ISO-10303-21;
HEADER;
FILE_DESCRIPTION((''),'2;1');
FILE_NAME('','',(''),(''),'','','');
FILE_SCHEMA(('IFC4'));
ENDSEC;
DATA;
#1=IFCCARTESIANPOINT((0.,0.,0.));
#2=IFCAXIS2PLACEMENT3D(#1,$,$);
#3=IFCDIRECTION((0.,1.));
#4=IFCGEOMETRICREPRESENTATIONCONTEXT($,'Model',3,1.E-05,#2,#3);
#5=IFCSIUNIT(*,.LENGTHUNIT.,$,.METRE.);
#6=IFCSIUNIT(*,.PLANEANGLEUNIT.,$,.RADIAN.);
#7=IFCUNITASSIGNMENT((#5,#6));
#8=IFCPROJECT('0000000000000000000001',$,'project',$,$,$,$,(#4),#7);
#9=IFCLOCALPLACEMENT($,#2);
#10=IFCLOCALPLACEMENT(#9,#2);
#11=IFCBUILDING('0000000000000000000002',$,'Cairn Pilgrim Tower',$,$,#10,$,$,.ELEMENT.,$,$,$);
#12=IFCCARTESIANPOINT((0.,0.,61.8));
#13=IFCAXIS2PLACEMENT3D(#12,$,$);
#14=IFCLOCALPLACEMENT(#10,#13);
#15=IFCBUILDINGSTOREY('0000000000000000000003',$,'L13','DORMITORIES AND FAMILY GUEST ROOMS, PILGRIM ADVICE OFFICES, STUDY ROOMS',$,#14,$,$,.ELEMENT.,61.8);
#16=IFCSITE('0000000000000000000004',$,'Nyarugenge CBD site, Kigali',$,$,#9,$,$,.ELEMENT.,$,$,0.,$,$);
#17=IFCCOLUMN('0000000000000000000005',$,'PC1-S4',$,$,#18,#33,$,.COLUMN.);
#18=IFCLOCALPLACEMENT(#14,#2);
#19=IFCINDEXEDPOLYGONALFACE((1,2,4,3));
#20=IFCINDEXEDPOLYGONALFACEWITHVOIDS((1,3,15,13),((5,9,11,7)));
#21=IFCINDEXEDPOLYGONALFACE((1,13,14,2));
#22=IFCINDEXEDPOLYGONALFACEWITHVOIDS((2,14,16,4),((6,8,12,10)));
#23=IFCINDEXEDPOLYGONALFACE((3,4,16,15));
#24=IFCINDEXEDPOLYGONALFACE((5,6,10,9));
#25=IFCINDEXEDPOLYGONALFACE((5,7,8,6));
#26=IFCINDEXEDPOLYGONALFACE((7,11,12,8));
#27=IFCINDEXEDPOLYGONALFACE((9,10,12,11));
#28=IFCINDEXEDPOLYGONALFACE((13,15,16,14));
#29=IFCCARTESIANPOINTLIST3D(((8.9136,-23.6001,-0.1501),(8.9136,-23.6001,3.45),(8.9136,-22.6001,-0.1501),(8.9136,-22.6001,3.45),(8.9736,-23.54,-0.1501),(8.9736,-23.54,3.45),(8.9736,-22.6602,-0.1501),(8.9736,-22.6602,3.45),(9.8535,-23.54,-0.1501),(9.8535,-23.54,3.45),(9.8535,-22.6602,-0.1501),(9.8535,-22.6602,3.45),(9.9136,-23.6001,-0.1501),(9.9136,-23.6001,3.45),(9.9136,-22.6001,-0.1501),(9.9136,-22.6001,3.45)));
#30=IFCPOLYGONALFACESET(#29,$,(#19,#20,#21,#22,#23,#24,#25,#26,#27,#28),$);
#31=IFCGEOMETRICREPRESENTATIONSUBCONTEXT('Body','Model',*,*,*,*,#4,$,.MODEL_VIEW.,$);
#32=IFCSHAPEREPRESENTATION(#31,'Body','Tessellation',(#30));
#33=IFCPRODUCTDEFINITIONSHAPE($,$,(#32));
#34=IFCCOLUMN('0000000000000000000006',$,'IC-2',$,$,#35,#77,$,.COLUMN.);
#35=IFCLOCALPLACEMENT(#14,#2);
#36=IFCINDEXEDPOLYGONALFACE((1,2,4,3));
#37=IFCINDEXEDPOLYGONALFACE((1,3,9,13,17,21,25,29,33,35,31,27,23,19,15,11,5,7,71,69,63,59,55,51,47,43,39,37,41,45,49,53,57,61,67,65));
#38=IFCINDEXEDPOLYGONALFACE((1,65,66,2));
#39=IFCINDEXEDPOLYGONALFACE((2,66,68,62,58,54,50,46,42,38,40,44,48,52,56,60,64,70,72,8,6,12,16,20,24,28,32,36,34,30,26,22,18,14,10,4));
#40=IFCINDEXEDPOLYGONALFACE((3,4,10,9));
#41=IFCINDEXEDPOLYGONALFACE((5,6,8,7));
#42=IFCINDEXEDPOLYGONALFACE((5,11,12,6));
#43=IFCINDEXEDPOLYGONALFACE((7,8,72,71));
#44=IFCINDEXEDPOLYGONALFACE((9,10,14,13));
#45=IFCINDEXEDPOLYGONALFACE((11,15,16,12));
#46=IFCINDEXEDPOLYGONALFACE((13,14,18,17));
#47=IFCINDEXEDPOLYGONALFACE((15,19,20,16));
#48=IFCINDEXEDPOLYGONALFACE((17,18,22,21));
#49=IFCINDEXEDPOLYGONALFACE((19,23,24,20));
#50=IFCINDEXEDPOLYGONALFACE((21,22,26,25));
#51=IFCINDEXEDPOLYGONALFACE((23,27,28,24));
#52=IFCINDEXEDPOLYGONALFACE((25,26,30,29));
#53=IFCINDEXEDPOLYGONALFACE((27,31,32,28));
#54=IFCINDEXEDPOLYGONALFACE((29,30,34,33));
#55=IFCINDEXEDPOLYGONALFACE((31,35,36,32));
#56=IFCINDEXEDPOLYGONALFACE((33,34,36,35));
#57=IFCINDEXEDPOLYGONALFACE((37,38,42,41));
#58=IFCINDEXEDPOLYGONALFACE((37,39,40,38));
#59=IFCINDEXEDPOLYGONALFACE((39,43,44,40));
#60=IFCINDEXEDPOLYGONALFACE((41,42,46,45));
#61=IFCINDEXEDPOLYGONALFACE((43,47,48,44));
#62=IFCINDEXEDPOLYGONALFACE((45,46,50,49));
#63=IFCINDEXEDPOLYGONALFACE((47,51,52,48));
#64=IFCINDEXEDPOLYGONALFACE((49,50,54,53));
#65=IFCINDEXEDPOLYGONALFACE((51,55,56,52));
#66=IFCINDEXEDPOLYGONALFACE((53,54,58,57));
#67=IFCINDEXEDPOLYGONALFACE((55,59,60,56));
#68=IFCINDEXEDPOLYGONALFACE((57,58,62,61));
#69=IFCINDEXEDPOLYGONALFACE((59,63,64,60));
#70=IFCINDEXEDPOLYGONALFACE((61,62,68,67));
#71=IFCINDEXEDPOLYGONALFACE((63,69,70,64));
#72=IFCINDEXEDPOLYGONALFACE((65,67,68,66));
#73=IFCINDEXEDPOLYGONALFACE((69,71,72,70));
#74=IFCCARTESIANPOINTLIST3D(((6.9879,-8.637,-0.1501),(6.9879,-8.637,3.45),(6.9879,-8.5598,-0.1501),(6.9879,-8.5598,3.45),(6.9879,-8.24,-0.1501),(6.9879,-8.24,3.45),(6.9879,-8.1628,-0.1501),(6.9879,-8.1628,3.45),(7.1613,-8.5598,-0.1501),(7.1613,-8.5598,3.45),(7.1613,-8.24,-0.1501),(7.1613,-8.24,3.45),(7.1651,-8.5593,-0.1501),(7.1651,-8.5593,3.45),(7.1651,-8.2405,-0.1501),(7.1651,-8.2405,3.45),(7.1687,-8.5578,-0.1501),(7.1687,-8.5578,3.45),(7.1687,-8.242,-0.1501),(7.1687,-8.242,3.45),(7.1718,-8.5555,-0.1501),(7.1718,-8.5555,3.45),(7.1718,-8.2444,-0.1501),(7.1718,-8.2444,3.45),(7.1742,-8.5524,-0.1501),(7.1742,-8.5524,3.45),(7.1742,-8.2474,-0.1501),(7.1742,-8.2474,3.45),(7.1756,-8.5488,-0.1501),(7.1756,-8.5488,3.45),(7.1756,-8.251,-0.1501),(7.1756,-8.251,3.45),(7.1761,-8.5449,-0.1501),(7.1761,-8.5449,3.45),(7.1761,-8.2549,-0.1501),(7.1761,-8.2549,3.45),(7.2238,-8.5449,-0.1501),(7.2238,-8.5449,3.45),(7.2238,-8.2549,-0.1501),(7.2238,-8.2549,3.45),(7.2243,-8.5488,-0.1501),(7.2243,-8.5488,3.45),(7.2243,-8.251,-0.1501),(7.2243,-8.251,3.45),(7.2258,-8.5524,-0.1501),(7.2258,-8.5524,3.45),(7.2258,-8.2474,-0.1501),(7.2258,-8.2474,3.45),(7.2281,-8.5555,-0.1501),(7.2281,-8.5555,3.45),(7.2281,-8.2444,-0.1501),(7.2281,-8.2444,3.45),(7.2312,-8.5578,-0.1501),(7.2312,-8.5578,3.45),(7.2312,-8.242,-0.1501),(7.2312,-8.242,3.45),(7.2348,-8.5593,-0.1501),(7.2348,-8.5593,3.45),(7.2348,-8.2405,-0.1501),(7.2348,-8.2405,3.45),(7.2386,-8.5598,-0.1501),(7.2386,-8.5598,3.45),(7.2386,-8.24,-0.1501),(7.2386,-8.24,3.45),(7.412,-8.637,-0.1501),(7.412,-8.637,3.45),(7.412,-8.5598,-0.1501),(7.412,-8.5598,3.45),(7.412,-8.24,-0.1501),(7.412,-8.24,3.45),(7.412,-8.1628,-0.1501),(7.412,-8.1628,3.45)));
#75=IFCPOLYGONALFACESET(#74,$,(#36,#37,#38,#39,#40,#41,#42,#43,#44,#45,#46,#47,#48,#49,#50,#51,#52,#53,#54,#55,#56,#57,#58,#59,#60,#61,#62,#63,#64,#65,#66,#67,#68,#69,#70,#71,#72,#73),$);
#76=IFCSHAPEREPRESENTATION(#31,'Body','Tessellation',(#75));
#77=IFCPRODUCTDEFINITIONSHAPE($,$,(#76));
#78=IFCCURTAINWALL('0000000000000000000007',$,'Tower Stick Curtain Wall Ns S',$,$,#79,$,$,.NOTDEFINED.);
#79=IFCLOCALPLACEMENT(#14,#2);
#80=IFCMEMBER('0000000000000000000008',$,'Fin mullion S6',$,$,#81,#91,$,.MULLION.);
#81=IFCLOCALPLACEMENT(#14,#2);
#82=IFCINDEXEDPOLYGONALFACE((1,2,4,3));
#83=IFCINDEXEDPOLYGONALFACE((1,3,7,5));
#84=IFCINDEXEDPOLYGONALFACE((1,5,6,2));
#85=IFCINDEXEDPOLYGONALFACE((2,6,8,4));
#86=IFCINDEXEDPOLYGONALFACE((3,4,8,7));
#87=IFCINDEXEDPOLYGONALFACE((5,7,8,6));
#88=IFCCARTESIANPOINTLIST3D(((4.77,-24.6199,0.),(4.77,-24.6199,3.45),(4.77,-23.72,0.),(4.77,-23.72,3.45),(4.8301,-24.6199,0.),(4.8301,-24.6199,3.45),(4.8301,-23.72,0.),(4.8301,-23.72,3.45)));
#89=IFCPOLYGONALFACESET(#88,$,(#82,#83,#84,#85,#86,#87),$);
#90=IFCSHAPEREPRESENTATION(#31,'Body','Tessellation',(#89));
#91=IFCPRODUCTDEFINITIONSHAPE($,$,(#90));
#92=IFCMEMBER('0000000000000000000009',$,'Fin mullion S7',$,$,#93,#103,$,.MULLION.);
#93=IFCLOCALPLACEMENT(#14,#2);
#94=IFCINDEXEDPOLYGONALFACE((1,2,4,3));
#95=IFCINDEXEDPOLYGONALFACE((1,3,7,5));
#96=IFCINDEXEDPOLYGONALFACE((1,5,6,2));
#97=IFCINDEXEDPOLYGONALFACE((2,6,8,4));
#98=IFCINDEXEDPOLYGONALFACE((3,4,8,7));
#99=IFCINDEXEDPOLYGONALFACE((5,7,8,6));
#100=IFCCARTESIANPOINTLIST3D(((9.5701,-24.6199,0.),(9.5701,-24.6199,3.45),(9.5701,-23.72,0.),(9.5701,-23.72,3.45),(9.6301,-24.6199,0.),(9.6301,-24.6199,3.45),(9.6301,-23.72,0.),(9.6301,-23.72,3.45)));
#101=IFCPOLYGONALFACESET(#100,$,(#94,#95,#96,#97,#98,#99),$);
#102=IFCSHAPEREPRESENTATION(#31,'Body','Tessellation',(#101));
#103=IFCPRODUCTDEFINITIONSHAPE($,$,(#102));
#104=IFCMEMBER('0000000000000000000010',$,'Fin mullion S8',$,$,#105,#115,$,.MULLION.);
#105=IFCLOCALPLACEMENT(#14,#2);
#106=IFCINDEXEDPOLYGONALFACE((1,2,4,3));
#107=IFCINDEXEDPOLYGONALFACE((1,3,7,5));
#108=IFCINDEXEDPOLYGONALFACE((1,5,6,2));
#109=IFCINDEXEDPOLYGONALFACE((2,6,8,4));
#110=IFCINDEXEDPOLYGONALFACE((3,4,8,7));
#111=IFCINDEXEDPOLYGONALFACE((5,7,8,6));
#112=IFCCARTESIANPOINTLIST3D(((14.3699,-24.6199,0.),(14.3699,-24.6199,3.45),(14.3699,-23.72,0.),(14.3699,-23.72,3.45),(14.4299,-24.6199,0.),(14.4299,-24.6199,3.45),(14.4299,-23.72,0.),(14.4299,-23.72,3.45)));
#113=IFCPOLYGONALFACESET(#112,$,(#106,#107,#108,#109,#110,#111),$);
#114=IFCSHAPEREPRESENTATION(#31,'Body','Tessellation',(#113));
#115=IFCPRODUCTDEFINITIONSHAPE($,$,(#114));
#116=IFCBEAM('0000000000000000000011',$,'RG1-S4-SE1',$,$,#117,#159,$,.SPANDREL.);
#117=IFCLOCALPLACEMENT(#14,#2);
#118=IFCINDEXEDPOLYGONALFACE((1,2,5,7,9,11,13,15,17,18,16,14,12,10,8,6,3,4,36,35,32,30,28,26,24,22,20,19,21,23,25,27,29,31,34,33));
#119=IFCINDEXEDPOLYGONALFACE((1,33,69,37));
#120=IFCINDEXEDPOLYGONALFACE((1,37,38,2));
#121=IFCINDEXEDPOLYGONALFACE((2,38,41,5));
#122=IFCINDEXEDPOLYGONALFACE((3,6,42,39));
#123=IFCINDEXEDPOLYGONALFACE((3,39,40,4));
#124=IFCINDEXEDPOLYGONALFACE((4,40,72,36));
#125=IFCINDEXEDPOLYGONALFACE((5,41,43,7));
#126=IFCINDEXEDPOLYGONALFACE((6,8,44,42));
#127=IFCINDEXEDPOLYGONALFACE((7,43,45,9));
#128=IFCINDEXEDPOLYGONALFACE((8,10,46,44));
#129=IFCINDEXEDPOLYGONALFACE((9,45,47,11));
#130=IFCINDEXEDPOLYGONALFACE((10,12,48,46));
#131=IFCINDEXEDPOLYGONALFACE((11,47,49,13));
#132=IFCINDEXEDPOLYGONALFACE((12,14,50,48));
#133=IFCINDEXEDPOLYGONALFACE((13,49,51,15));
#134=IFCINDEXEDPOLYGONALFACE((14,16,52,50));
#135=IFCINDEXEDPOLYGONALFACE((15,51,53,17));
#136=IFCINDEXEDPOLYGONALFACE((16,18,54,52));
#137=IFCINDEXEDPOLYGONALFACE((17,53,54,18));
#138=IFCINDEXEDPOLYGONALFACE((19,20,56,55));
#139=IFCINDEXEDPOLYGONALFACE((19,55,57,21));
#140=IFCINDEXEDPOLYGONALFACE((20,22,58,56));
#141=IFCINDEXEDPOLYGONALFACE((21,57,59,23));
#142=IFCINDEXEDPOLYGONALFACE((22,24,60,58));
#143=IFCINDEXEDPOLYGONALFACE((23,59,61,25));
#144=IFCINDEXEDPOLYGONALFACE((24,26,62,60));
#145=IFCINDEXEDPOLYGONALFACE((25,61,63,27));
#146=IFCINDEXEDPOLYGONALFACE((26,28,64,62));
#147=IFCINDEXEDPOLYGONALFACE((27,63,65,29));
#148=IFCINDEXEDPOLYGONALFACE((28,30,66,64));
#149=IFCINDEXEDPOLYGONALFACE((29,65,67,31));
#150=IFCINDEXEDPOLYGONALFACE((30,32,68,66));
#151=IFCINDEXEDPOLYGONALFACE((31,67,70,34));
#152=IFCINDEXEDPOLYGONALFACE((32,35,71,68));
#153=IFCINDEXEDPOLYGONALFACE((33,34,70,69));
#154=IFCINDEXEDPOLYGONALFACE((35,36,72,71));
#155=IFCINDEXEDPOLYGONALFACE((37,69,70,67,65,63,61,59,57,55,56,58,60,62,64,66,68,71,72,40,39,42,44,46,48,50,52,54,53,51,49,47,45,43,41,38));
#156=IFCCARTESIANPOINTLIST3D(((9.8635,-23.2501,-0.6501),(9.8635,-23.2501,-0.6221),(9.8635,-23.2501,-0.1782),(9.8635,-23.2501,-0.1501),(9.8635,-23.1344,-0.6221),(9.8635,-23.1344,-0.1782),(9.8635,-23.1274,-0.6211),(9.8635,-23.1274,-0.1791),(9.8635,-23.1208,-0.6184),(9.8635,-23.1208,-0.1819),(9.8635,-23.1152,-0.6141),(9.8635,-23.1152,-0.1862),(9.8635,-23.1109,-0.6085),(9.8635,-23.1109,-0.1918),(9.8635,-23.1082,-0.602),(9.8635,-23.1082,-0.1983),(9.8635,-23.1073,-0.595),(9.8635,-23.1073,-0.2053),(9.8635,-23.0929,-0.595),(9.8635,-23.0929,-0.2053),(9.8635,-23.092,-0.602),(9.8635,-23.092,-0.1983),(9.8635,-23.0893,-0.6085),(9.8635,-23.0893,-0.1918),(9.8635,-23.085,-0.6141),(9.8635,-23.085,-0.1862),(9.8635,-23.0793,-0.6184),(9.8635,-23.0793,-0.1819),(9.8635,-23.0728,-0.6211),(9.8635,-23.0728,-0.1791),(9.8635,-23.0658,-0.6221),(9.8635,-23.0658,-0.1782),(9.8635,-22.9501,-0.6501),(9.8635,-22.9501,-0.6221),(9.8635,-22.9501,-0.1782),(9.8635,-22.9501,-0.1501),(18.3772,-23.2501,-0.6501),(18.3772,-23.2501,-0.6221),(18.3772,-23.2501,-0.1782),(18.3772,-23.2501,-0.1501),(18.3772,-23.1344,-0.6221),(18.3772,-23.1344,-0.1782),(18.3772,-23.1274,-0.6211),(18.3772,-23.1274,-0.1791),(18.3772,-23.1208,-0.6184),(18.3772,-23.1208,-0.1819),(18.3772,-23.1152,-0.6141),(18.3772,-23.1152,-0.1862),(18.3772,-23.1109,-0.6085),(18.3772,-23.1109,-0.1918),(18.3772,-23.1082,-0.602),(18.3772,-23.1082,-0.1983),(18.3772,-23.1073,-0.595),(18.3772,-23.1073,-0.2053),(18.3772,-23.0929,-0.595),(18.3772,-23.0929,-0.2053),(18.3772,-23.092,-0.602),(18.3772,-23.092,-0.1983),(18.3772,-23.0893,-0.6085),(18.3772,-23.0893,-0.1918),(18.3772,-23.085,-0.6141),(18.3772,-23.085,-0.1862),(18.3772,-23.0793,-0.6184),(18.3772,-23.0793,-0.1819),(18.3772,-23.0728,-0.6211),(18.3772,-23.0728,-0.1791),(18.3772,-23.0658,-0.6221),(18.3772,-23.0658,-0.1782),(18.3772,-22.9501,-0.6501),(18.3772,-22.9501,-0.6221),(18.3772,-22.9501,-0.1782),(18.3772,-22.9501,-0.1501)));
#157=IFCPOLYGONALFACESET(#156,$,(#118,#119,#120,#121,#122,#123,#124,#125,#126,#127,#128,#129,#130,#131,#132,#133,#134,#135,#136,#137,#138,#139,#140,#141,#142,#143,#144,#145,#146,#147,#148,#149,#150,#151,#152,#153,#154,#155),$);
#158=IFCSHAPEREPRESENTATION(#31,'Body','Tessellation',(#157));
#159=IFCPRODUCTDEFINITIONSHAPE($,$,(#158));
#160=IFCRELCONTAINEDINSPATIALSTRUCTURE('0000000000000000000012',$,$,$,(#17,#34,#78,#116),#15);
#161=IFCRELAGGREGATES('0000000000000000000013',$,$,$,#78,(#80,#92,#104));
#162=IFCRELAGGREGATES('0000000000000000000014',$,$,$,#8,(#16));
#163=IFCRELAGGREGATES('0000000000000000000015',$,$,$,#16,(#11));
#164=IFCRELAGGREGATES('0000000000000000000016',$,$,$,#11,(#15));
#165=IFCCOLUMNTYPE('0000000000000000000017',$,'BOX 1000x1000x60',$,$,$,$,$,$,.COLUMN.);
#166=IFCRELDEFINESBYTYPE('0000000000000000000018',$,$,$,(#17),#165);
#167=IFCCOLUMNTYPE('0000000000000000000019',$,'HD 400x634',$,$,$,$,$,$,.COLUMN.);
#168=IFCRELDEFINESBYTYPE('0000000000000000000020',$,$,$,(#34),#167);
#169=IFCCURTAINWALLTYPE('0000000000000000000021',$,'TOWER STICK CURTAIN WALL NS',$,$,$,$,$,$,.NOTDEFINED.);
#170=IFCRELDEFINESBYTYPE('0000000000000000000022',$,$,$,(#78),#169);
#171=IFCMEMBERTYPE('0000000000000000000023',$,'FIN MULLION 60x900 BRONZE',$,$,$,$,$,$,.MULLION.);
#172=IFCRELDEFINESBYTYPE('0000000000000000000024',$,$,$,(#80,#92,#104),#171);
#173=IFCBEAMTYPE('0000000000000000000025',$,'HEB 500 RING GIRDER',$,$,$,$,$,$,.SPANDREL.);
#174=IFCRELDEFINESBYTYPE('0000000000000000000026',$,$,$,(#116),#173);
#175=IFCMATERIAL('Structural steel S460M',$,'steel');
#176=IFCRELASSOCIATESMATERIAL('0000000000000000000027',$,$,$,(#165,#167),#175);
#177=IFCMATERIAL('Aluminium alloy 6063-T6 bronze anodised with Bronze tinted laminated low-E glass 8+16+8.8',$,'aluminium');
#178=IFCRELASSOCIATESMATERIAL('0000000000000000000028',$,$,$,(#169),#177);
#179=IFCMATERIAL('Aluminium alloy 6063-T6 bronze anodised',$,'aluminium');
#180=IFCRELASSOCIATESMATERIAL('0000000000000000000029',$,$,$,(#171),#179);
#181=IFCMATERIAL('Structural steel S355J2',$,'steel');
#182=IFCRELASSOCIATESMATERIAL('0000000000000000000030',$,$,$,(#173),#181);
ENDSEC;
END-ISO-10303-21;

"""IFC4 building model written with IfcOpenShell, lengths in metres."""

from ifc_helpers import new_model, si_unit, direction, frame, origin, origin_2d, place, context, subcontext, project, spatial, rectangle, hollow_rectangle, i_section, extrude, material, material_profile, profile_set, type_object, element, aggregate, save


model = new_model("IFC4")

# Units and contexts
model_context = context("Model", 3, precision=1e-05, world=origin(), true_north=direction((0.0, 1.0)))
body_context = subcontext(model_context, "Body", "Model", "MODEL_VIEW")
ifc_project = project(units=[si_unit("LENGTHUNIT", "METRE"), si_unit("PLANEANGLEUNIT", "RADIAN")], contexts=[model_context])

# Site, building, storey
site_placement = place(None, origin())
site = spatial("IfcSite", under=ifc_project, at=site_placement, Name="Nyarugenge CBD site, Kigali", CompositionType="ELEMENT", RefElevation=0.0)
building_placement = place(site_placement, origin())
building = spatial("IfcBuilding", under=site, at=building_placement, Name="Cairn Pilgrim Tower", CompositionType="ELEMENT")
storey_placement = place(building_placement, frame((0.0, 0.0, 61.8)))
storey = spatial("IfcBuildingStorey", under=building, at=storey_placement, Name="L13", Description="DORMITORIES AND FAMILY GUEST ROOMS, PILGRIM ADVICE OFFICES, STUDY ROOMS", CompositionType="ELEMENT", Elevation=61.8)

# Columns
ifc_material_1 = material(Name="Structural steel S460M", Category="steel")
ifc_material_profile_1 = material_profile(ifc_material_1, hollow_rectangle(XDim=1.0, YDim=1.0, WallThickness=0.0601, at=origin_2d()), Name="BOX 1000x1000x60")
ifc_profile_set_1 = profile_set([ifc_material_profile_1], Name="Structural steel S460M")
column_type_1 = type_object("IfcColumnType", Name="BOX 1000x1000x60", PredefinedType="COLUMN", material=ifc_profile_set_1)
column_1_placement = place(storey_placement, frame((9.4136, -23.1001, -0.1501), z_axis=(0.0, 0.0, 1.0), x_axis=(1.0, 0.0, 0.0)))
element("IfcColumn", 1, at=column_1_placement, inside=storey, type_object=column_type_1, Name="PC1-S4", PredefinedType="COLUMN", context=body_context, shape_type="SweptSolid", body=[
    extrude(hollow_rectangle(XDim=1.0, YDim=1.0, WallThickness=0.0601, at=origin_2d()), origin(), (0.0, 0.0, 1.0), 3.6001),
])
ifc_material_profile_2 = material_profile(ifc_material_1, i_section(OverallWidth=0.4241, OverallDepth=0.4741, WebThickness=0.0476, FlangeThickness=0.0771, FilletRadius=0.0149, at=origin_2d()), Name="HD 400x634")
ifc_profile_set_2 = profile_set([ifc_material_profile_2], Name="Structural steel S460M")
column_type_2 = type_object("IfcColumnType", Name="HD 400x634", PredefinedType="COLUMN", material=ifc_profile_set_2)
column_2_placement = place(storey_placement, frame((7.2, -8.3999, -0.1501), z_axis=(0.0, 0.0, 1.0), x_axis=(1.0, 0.0, 0.0)))
element("IfcColumn", 2, at=column_2_placement, inside=storey, type_object=column_type_2, Name="IC-2", PredefinedType="COLUMN", context=body_context, shape_type="SweptSolid", body=[
    extrude(i_section(OverallWidth=0.4241, OverallDepth=0.4741, WebThickness=0.0476, FlangeThickness=0.0771, FilletRadius=0.0149, at=origin_2d()), origin(), (0.0, 0.0, 1.0), 3.6001),
])

# Curtain wall, members
ifc_material_2 = material(Name="Aluminium alloy 6063-T6 bronze anodised with Bronze tinted laminated low-E glass 8+16+8.8", Category="aluminium")
curtain_wall_type = type_object("IfcCurtainWallType", Name="TOWER STICK CURTAIN WALL NS", PredefinedType="NOTDEFINED", material=ifc_material_2)
curtain_wall_placement = place(storey_placement, origin())
curtain_wall = element("IfcCurtainWall", 3, at=curtain_wall_placement, inside=storey, type_object=curtain_wall_type, Name="Tower Stick Curtain Wall Ns S", PredefinedType="NOTDEFINED")
ifc_material_3 = material(Name="Aluminium alloy 6063-T6 bronze anodised", Category="aluminium")
ifc_material_profile_3 = material_profile(ifc_material_3, rectangle(XDim=0.8999, YDim=0.0601, at=origin_2d()), Name="FIN MULLION 60x900 BRONZE")
ifc_profile_set_3 = profile_set([ifc_material_profile_3], Name="Aluminium alloy 6063-T6 bronze anodised")
member_type_1 = type_object("IfcMemberType", Name="FIN MULLION 60x900 BRONZE", PredefinedType="MULLION", material=ifc_profile_set_3)
member_1_placement = place(storey_placement, frame((4.8, -24.1699, 0.0), z_axis=(0.0, 0.0, 1.0), x_axis=(0.0, -1.0, 0.0)))
member_1 = element("IfcMember", 4, at=member_1_placement, type_object=member_type_1, Name="Fin mullion S6", PredefinedType="MULLION", context=body_context, shape_type="SweptSolid", body=[
    extrude(rectangle(XDim=0.8999, YDim=0.0601, at=origin_2d()), origin(), (0.0, 0.0, 1.0), 3.45),
])
member_2_placement = place(storey_placement, frame((9.6001, -24.1699, 0.0), z_axis=(0.0, 0.0, 1.0), x_axis=(0.0, -1.0, 0.0)))
member_2 = element("IfcMember", 5, at=member_2_placement, type_object=member_type_1, Name="Fin mullion S7", PredefinedType="MULLION", context=body_context, shape_type="SweptSolid", body=[
    extrude(rectangle(XDim=0.8999, YDim=0.0601, at=origin_2d()), origin(), (0.0, 0.0, 1.0), 3.45),
])
member_3_placement = place(storey_placement, frame((14.3999, -24.1699, 0.0), z_axis=(0.0, 0.0, 1.0), x_axis=(0.0, -1.0, 0.0)))
member_3 = element("IfcMember", 6, at=member_3_placement, type_object=member_type_1, Name="Fin mullion S8", PredefinedType="MULLION", context=body_context, shape_type="SweptSolid", body=[
    extrude(rectangle(XDim=0.8999, YDim=0.0601, at=origin_2d()), origin(), (0.0, 0.0, 1.0), 3.45),
])

# Beam
ifc_material_4 = material(Name="Structural steel S355J2", Category="steel")
ifc_material_profile_4 = material_profile(ifc_material_4, i_section(OverallWidth=0.3, OverallDepth=0.5, WebThickness=0.0144, FlangeThickness=0.0281, FilletRadius=0.0271, at=origin_2d()), Name="HEB 500")
ifc_profile_set_4 = profile_set([ifc_material_profile_4], Name="Structural steel S355J2")
beam_type_1 = type_object("IfcBeamType", Name="HEB 500 RING GIRDER", PredefinedType="SPANDREL", material=ifc_profile_set_4)
beam_1_placement = place(storey_placement, frame((9.8635, -23.1001, -0.4001), z_axis=(1.0, 0.0, 0.0), x_axis=(0.0, 1.0, 0.0)))
element("IfcBeam", 7, at=beam_1_placement, inside=storey, type_object=beam_type_1, Name="RG1-S4-SE1", PredefinedType="SPANDREL", context=body_context, shape_type="SweptSolid", body=[
    extrude(i_section(OverallWidth=0.3, OverallDepth=0.5, WebThickness=0.0144, FlangeThickness=0.0281, FilletRadius=0.0271, at=origin_2d()), origin(), (0.0, 0.0, 1.0), 8.5137),
])

aggregate(curtain_wall, [member_1, member_2, member_3])

save(model, "model.ifc")
